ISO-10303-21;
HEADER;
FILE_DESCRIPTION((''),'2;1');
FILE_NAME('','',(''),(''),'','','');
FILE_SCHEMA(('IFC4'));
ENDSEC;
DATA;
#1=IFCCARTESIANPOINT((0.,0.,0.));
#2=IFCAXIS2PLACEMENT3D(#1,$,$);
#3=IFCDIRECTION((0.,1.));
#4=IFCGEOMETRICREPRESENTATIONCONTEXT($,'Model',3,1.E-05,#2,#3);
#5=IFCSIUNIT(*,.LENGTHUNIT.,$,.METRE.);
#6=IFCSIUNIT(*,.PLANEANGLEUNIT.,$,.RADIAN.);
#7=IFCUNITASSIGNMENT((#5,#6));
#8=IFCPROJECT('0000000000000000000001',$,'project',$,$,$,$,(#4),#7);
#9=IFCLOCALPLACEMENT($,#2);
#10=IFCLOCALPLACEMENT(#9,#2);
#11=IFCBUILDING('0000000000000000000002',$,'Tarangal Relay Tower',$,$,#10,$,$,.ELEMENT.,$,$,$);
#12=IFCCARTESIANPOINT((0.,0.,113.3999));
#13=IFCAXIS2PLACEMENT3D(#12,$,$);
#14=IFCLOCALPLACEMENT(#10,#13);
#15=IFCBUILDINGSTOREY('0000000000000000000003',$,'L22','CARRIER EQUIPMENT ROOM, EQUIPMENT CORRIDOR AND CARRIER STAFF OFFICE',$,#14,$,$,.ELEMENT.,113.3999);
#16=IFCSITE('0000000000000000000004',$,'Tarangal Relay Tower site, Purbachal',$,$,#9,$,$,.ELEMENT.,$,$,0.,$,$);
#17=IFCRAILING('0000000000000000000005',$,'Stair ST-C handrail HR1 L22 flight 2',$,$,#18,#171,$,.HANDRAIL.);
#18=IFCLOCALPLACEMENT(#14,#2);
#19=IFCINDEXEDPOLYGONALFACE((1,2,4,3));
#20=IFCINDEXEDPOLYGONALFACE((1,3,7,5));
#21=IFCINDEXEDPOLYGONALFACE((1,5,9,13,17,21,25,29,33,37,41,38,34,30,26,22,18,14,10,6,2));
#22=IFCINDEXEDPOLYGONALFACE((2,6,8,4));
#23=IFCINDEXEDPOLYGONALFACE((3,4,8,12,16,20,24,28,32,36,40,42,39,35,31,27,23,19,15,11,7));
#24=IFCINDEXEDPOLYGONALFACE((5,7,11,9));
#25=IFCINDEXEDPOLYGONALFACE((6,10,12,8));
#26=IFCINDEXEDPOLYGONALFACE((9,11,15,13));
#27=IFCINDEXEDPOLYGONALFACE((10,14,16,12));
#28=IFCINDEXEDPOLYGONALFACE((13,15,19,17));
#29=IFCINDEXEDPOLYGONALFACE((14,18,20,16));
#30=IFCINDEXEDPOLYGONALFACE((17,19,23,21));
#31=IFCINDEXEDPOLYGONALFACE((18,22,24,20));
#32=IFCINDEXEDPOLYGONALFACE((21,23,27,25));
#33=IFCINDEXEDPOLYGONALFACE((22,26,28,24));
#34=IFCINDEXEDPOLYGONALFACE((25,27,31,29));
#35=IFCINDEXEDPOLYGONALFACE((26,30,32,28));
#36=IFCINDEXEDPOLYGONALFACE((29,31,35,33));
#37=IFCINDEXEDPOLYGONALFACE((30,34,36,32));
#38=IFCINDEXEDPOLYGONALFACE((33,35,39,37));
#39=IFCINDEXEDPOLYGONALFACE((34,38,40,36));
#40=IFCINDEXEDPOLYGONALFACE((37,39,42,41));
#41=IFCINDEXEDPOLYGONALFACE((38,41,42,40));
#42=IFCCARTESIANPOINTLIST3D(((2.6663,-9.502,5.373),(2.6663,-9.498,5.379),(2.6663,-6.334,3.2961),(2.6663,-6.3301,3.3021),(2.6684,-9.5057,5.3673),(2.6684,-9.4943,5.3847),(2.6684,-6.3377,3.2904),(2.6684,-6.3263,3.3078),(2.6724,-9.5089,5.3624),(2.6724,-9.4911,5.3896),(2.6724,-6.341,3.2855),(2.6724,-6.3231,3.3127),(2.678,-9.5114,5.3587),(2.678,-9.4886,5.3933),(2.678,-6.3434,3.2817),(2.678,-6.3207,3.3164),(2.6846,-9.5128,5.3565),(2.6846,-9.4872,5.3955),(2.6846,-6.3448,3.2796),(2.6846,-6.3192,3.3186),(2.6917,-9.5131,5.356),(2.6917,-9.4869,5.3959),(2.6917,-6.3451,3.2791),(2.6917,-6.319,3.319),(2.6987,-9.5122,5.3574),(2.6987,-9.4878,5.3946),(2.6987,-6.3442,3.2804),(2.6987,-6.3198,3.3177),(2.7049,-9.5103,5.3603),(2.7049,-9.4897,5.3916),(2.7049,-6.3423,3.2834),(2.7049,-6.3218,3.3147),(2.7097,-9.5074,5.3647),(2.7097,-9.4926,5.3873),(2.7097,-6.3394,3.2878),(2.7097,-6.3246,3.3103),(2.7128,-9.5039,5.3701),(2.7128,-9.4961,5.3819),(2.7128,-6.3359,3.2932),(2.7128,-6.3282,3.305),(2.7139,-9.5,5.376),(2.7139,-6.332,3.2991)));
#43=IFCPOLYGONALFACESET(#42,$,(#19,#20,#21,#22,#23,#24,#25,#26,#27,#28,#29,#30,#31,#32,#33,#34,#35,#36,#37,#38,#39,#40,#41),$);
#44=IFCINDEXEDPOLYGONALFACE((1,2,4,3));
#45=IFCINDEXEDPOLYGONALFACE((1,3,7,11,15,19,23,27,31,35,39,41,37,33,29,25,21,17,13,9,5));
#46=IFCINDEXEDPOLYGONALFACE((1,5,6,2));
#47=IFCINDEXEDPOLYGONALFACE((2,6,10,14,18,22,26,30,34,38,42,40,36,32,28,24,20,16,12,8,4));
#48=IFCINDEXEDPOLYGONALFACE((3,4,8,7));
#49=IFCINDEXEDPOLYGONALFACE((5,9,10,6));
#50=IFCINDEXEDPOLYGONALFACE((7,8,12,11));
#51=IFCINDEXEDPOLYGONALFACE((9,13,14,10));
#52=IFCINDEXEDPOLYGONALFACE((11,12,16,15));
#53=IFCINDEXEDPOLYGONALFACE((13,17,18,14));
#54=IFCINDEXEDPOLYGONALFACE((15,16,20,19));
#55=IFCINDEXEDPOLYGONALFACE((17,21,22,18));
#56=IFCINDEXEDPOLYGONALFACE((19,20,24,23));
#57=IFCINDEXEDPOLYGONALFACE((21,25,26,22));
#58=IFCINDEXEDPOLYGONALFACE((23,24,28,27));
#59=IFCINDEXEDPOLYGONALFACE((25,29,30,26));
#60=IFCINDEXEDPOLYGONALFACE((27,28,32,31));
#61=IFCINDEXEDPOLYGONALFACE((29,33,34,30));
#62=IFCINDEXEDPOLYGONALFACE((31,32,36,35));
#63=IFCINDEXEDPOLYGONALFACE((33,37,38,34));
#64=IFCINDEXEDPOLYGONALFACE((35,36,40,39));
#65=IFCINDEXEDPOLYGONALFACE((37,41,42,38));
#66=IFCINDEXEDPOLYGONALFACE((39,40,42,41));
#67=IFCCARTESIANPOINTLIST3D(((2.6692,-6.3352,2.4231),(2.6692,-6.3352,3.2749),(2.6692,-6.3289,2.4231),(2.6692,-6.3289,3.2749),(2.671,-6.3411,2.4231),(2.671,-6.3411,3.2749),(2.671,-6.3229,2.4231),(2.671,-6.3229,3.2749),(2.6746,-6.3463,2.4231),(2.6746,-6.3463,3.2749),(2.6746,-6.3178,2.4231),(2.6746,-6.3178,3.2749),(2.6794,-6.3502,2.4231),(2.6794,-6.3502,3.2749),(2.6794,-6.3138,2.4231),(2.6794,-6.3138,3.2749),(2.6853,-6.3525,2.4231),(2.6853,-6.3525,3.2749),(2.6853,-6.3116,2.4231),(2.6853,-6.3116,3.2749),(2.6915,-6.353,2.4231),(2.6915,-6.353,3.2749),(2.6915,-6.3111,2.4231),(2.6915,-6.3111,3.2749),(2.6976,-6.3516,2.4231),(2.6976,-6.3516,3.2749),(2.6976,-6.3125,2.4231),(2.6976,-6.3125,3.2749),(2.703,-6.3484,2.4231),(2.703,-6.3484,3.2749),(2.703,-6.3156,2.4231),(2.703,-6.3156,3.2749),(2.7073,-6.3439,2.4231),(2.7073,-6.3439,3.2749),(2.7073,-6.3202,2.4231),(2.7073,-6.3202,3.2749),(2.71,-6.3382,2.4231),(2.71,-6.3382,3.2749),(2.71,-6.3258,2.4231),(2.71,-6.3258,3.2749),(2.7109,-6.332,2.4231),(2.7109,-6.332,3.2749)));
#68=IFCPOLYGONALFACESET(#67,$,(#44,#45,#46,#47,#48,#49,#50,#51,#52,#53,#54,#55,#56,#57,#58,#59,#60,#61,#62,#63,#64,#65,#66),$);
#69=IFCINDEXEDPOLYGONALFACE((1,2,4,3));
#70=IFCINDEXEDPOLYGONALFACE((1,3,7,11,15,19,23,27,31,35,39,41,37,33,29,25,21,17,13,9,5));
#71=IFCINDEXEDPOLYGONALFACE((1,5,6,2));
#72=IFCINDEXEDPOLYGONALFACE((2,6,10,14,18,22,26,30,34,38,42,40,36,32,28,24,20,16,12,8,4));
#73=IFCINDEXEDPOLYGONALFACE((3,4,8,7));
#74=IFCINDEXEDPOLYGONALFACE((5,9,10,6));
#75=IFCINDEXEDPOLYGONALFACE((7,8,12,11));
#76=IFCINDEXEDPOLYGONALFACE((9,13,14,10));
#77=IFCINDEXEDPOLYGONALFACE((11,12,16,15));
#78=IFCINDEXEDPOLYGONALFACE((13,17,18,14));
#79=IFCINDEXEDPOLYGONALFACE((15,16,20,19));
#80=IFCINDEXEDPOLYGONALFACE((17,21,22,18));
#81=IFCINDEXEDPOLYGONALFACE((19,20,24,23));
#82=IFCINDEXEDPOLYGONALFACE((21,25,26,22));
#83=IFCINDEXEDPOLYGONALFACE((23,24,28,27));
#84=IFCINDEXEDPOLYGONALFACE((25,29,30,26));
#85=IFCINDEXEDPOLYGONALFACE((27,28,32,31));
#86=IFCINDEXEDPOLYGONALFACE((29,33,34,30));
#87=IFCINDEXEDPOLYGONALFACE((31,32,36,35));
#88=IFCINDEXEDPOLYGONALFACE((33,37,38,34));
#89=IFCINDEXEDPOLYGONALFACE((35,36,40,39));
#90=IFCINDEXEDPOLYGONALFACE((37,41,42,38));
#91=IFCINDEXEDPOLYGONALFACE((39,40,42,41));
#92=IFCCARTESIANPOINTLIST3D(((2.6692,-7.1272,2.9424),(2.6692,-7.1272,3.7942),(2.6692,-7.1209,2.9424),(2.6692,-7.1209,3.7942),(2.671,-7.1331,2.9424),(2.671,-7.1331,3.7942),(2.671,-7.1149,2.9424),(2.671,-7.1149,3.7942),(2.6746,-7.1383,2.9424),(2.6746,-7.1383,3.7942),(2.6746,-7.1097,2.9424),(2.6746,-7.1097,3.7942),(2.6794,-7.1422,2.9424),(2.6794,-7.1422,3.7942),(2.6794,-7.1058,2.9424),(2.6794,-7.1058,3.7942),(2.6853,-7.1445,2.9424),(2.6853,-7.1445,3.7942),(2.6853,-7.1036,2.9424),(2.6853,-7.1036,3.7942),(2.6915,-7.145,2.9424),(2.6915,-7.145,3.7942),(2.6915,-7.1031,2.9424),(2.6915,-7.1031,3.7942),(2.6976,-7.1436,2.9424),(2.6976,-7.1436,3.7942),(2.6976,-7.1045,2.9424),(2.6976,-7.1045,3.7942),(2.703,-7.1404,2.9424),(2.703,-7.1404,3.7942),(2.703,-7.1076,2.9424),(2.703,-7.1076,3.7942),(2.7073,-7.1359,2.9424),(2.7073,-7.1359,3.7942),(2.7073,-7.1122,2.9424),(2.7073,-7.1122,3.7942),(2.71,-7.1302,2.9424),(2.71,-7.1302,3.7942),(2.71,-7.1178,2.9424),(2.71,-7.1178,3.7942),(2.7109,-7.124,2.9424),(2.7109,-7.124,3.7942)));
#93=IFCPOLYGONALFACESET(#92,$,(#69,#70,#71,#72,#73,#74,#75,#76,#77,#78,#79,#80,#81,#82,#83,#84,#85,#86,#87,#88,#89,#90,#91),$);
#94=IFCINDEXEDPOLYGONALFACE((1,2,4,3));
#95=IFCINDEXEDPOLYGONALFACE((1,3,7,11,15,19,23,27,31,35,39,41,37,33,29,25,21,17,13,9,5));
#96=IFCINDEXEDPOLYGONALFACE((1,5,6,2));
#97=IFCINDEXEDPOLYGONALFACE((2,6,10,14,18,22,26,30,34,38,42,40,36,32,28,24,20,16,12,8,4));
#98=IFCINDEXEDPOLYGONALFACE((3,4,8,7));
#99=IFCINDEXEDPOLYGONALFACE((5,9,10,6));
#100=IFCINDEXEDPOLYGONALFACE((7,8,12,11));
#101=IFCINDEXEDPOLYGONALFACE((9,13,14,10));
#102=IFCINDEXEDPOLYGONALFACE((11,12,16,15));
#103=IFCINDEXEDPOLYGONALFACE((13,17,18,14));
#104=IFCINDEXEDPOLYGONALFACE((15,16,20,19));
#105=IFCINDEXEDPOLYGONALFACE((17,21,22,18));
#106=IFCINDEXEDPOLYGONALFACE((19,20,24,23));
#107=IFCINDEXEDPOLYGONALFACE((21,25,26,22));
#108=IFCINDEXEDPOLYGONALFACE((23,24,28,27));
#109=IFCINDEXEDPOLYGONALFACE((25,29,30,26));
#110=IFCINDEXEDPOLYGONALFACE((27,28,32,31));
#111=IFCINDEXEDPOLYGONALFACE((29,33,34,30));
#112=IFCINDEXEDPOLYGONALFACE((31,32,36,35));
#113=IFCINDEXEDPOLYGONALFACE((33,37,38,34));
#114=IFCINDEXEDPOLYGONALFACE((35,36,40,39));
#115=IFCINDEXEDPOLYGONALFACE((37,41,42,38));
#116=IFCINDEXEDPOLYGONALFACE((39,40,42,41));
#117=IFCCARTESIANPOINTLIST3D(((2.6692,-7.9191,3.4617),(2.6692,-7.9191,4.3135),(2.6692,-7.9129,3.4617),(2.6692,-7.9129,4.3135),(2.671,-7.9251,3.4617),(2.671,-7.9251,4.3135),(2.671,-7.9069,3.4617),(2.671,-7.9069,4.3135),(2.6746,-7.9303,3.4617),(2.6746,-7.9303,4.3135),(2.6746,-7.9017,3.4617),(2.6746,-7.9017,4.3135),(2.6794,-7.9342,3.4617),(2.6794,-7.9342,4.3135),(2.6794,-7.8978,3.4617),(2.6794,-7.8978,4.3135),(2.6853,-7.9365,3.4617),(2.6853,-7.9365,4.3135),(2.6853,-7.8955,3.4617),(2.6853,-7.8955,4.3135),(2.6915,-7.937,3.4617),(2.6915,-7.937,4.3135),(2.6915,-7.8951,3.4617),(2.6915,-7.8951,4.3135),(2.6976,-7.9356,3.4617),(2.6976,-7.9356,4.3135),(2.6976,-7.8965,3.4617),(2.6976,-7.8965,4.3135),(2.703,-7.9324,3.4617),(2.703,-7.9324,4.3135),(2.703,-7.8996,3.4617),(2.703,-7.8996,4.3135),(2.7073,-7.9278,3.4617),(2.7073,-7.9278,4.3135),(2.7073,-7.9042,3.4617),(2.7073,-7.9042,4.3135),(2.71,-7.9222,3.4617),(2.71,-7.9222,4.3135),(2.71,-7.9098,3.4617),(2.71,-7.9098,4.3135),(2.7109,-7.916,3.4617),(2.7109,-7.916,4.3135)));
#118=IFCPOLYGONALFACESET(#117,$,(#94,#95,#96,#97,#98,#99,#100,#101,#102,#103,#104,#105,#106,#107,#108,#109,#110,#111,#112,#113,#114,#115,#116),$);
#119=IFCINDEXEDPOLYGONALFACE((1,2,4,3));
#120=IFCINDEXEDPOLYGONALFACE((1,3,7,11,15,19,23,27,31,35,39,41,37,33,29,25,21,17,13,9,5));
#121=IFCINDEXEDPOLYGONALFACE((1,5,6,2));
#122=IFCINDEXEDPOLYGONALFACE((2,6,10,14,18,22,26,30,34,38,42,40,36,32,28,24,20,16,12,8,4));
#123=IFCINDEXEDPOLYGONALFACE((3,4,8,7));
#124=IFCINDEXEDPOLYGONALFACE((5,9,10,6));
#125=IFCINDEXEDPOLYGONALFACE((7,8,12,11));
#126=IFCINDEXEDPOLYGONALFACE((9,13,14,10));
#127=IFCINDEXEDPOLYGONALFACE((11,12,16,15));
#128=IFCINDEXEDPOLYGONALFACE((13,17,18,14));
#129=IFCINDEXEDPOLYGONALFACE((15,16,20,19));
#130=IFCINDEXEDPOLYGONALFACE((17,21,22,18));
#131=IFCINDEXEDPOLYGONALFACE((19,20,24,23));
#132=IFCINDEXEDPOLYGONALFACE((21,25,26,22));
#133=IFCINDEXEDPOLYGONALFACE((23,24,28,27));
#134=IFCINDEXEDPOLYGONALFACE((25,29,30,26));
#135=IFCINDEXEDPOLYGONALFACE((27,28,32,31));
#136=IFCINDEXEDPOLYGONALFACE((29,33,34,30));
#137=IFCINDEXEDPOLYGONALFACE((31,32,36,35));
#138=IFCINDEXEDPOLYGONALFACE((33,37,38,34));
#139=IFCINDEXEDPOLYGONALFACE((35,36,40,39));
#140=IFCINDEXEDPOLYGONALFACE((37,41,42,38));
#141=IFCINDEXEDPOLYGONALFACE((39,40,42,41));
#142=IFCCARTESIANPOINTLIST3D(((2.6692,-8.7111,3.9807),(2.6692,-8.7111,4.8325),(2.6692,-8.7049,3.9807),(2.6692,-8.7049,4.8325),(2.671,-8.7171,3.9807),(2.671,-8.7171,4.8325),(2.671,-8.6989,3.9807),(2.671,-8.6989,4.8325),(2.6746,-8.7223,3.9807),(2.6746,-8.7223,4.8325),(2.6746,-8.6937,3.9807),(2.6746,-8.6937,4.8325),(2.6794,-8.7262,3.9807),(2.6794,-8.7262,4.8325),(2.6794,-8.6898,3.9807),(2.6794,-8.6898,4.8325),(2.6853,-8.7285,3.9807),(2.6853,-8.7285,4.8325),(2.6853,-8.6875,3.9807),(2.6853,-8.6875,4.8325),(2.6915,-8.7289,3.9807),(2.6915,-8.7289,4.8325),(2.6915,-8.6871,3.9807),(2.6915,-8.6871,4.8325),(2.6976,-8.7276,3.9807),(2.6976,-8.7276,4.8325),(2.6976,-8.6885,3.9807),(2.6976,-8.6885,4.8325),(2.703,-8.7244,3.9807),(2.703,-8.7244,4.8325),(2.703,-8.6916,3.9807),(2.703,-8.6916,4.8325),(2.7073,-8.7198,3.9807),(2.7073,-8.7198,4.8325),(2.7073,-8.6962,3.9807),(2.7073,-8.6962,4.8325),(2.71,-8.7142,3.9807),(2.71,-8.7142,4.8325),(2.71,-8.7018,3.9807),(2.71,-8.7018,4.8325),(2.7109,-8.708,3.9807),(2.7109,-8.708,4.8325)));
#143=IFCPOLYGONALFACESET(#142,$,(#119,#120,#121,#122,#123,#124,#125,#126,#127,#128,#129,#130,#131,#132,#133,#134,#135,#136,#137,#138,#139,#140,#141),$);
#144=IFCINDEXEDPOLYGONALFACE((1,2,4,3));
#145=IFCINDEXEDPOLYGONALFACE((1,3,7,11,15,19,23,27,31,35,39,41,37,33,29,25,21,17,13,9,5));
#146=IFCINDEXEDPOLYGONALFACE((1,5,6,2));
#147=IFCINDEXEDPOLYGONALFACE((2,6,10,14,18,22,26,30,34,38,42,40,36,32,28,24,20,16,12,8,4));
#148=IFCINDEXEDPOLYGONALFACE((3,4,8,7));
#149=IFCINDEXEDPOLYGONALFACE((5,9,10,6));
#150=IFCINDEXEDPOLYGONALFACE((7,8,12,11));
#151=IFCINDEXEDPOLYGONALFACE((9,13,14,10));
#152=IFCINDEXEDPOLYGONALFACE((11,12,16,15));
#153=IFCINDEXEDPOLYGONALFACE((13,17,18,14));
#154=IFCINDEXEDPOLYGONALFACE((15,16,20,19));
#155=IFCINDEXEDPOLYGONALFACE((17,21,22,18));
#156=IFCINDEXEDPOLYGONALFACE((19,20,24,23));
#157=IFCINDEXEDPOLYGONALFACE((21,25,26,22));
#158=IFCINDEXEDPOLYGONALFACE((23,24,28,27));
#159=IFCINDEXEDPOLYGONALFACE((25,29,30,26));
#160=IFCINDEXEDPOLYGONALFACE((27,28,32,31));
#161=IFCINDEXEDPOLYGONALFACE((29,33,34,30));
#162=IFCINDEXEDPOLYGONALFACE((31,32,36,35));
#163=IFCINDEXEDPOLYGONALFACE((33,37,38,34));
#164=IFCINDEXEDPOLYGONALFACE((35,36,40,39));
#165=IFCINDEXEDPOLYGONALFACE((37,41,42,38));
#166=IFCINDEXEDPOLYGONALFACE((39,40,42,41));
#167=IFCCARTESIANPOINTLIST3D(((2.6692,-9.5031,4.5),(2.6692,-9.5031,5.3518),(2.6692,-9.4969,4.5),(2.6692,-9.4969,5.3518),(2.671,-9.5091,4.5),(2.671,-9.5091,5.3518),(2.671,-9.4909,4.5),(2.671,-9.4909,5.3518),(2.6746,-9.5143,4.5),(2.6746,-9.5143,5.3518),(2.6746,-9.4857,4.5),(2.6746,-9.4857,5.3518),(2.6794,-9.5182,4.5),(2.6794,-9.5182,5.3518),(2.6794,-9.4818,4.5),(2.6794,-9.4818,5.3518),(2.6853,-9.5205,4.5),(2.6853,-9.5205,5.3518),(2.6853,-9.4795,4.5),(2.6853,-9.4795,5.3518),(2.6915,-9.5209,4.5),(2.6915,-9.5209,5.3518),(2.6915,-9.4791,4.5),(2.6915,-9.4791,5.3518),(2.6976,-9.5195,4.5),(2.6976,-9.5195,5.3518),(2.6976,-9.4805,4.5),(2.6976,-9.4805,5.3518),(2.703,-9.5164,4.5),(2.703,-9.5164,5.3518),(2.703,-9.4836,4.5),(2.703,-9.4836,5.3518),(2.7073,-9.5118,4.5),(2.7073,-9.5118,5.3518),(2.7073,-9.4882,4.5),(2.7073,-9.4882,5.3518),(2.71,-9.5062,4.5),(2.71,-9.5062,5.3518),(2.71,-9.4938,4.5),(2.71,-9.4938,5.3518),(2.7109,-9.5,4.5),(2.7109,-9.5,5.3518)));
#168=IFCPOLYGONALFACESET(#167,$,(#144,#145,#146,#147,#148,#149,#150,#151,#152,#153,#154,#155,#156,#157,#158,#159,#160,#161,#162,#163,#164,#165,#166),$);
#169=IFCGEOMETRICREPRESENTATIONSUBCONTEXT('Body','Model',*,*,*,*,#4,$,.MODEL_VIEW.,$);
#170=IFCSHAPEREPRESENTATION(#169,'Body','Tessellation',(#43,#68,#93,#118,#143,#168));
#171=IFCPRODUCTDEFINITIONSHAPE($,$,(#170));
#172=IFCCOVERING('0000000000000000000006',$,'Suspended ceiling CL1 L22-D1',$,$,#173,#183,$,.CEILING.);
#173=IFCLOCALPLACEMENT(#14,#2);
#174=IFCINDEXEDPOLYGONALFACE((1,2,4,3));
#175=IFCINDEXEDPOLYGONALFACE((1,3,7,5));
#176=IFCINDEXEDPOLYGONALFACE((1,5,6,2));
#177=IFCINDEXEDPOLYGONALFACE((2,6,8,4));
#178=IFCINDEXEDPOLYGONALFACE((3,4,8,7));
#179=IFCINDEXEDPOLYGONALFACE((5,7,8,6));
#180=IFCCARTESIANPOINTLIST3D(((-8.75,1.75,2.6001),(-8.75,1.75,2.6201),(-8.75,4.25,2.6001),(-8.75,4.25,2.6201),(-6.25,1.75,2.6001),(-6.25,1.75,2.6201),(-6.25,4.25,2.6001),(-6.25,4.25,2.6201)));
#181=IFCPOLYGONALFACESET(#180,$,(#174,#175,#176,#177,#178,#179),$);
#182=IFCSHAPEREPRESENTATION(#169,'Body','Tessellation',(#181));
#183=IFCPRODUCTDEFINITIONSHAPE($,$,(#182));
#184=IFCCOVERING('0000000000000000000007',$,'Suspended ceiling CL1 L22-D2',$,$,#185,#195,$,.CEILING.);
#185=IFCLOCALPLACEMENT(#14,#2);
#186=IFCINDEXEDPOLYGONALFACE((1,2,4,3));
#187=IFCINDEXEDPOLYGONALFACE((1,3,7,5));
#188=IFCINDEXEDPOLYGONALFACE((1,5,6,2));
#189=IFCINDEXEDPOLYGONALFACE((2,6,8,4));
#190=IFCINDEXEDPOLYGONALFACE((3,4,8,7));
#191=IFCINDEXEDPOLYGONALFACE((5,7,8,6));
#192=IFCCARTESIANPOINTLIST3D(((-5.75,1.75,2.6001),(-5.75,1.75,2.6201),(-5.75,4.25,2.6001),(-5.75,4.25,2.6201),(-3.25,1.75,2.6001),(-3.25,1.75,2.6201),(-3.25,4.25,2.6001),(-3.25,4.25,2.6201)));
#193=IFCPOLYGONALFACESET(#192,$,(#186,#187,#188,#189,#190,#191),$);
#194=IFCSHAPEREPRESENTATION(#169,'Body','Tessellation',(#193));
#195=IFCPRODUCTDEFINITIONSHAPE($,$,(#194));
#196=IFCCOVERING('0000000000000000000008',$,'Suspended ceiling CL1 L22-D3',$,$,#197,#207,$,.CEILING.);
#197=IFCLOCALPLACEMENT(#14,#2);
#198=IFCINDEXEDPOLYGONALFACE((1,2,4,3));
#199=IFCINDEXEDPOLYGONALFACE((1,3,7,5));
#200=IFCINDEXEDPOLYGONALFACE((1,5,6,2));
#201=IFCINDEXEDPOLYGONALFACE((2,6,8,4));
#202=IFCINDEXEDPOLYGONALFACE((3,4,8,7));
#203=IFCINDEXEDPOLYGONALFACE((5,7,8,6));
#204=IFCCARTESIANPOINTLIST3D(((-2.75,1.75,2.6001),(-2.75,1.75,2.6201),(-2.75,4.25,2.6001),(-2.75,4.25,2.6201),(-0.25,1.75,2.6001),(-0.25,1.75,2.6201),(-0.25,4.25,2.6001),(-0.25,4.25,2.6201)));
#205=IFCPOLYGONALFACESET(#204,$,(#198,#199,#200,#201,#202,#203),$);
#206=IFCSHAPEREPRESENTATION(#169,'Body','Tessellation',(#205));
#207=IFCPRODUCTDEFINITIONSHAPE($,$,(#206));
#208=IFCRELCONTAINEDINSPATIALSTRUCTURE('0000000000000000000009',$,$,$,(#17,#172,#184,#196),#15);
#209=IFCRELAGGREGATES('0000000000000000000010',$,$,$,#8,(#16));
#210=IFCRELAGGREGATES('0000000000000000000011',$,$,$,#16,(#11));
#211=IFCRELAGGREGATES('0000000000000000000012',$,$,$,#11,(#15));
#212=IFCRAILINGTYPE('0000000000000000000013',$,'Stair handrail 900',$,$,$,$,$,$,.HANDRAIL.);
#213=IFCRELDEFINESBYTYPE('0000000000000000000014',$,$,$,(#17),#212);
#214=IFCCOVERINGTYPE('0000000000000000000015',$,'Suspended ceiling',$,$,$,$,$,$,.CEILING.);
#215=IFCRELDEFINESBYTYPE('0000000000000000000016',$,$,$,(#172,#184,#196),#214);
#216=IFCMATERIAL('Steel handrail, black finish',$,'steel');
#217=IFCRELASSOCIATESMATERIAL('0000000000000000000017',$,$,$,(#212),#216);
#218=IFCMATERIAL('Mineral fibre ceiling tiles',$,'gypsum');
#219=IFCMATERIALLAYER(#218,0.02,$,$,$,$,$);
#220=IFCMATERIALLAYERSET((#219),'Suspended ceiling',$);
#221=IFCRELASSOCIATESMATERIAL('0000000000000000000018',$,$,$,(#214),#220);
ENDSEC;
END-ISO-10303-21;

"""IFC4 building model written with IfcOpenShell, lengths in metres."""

from ifc_helpers import new_model, si_unit, direction, frame, origin, origin_2d, place, context, subcontext, project, spatial, polyline, circle, outline, extrude, material, layer, layer_set, type_object, element, save


model = new_model("IFC4")

# Units and contexts
model_context = context("Model", 3, precision=1e-05, world=origin(), true_north=direction((0.0, 1.0)))
body_context = subcontext(model_context, "Body", "Model", "MODEL_VIEW")
ifc_project = project(units=[si_unit("LENGTHUNIT", "METRE"), si_unit("PLANEANGLEUNIT", "RADIAN")], contexts=[model_context])

# Site, building, storey
site_placement = place(None, origin())
site = spatial("IfcSite", under=ifc_project, at=site_placement, Name="Tarangal Relay Tower site, Purbachal", CompositionType="ELEMENT", RefElevation=0.0)
building_placement = place(site_placement, origin())
building = spatial("IfcBuilding", under=site, at=building_placement, Name="Tarangal Relay Tower", CompositionType="ELEMENT")
storey_placement = place(building_placement, frame((0.0, 0.0, 113.3999)))
storey = spatial("IfcBuildingStorey", under=building, at=storey_placement, Name="L22", Description="CARRIER EQUIPMENT ROOM, EQUIPMENT CORRIDOR AND CARRIER STAFF OFFICE", CompositionType="ELEMENT", Elevation=113.3999)

# Railing
ifc_material_1 = material(Name="Steel handrail, black finish", Category="steel")
railing_type_1 = type_object("IfcRailingType", Name="Stair handrail 900", PredefinedType="HANDRAIL", material=ifc_material_1)
railing_1_placement = place(storey_placement, frame((2.6899, -6.332, 2.4231)))
element("IfcRailing", 1, at=railing_1_placement, inside=storey, type_object=railing_type_1, Name="Stair ST-C handrail HR1 L22 flight 2", PredefinedType="HANDRAIL", context=body_context, shape_type="SweptSolid", body=[
    extrude(circle(Radius=0.0239, at=origin_2d()), frame((0.0, 0.0, 0.876), z_axis=(0.0, -0.836299, 0.548273), x_axis=(1.0, 0.0, 0.0)), (0.0, 0.0, 1.0), 3.7881),
    extrude(circle(Radius=0.021, at=origin_2d()), origin(), (0.0, 0.0, 1.0), 0.8518),
    extrude(circle(Radius=0.021, at=origin_2d()), frame((0.0, -0.792, 0.5193)), (0.0, 0.0, 1.0), 0.8518),
    extrude(circle(Radius=0.021, at=origin_2d()), frame((0.0, -1.584, 1.0386)), (0.0, 0.0, 1.0), 0.8518),
    extrude(circle(Radius=0.021, at=origin_2d()), frame((0.0, -2.376, 1.5576)), (0.0, 0.0, 1.0), 0.8518),
    extrude(circle(Radius=0.021, at=origin_2d()), frame((0.0, -3.168, 2.0769)), (0.0, 0.0, 1.0), 0.8518),
])

# Coverings
ifc_material_2 = material(Name="Mineral fibre ceiling tiles", Category="gypsum")
ifc_layer_1 = layer(ifc_material_2, 0.02)
ifc_layer_set_1 = layer_set([ifc_layer_1], Name="Suspended ceiling")
covering_type_1 = type_object("IfcCoveringType", Name="Suspended ceiling", PredefinedType="CEILING", material=ifc_layer_set_1)
covering_1_placement = place(storey_placement, frame((0.0, 0.0, 2.6001)))
element("IfcCovering", 2, at=covering_1_placement, inside=storey, type_object=covering_type_1, Name="Suspended ceiling CL1 L22-D1", PredefinedType="CEILING", context=body_context, shape_type="SweptSolid", body=[
    extrude(outline(polyline([(-8.75, 1.75), (-6.25, 1.75), (-6.25, 4.25), (-8.75, 4.25), (-8.75, 1.75)])), origin(), (0.0, 0.0, 1.0), 0.02),
])
covering_2_placement = place(storey_placement, frame((0.0, 0.0, 2.6001)))
element("IfcCovering", 3, at=covering_2_placement, inside=storey, type_object=covering_type_1, Name="Suspended ceiling CL1 L22-D2", PredefinedType="CEILING", context=body_context, shape_type="SweptSolid", body=[
    extrude(outline(polyline([(-5.75, 1.75), (-3.25, 1.75), (-3.25, 4.25), (-5.75, 4.25), (-5.75, 1.75)])), origin(), (0.0, 0.0, 1.0), 0.02),
])
covering_3_placement = place(storey_placement, frame((0.0, 0.0, 2.6001)))
element("IfcCovering", 4, at=covering_3_placement, inside=storey, type_object=covering_type_1, Name="Suspended ceiling CL1 L22-D3", PredefinedType="CEILING", context=body_context, shape_type="SweptSolid", body=[
    extrude(outline(polyline([(-2.75, 1.75), (-0.25, 1.75), (-0.25, 4.25), (-2.75, 4.25), (-2.75, 1.75)])), origin(), (0.0, 0.0, 1.0), 0.02),
])

save(model, "model.ifc")
